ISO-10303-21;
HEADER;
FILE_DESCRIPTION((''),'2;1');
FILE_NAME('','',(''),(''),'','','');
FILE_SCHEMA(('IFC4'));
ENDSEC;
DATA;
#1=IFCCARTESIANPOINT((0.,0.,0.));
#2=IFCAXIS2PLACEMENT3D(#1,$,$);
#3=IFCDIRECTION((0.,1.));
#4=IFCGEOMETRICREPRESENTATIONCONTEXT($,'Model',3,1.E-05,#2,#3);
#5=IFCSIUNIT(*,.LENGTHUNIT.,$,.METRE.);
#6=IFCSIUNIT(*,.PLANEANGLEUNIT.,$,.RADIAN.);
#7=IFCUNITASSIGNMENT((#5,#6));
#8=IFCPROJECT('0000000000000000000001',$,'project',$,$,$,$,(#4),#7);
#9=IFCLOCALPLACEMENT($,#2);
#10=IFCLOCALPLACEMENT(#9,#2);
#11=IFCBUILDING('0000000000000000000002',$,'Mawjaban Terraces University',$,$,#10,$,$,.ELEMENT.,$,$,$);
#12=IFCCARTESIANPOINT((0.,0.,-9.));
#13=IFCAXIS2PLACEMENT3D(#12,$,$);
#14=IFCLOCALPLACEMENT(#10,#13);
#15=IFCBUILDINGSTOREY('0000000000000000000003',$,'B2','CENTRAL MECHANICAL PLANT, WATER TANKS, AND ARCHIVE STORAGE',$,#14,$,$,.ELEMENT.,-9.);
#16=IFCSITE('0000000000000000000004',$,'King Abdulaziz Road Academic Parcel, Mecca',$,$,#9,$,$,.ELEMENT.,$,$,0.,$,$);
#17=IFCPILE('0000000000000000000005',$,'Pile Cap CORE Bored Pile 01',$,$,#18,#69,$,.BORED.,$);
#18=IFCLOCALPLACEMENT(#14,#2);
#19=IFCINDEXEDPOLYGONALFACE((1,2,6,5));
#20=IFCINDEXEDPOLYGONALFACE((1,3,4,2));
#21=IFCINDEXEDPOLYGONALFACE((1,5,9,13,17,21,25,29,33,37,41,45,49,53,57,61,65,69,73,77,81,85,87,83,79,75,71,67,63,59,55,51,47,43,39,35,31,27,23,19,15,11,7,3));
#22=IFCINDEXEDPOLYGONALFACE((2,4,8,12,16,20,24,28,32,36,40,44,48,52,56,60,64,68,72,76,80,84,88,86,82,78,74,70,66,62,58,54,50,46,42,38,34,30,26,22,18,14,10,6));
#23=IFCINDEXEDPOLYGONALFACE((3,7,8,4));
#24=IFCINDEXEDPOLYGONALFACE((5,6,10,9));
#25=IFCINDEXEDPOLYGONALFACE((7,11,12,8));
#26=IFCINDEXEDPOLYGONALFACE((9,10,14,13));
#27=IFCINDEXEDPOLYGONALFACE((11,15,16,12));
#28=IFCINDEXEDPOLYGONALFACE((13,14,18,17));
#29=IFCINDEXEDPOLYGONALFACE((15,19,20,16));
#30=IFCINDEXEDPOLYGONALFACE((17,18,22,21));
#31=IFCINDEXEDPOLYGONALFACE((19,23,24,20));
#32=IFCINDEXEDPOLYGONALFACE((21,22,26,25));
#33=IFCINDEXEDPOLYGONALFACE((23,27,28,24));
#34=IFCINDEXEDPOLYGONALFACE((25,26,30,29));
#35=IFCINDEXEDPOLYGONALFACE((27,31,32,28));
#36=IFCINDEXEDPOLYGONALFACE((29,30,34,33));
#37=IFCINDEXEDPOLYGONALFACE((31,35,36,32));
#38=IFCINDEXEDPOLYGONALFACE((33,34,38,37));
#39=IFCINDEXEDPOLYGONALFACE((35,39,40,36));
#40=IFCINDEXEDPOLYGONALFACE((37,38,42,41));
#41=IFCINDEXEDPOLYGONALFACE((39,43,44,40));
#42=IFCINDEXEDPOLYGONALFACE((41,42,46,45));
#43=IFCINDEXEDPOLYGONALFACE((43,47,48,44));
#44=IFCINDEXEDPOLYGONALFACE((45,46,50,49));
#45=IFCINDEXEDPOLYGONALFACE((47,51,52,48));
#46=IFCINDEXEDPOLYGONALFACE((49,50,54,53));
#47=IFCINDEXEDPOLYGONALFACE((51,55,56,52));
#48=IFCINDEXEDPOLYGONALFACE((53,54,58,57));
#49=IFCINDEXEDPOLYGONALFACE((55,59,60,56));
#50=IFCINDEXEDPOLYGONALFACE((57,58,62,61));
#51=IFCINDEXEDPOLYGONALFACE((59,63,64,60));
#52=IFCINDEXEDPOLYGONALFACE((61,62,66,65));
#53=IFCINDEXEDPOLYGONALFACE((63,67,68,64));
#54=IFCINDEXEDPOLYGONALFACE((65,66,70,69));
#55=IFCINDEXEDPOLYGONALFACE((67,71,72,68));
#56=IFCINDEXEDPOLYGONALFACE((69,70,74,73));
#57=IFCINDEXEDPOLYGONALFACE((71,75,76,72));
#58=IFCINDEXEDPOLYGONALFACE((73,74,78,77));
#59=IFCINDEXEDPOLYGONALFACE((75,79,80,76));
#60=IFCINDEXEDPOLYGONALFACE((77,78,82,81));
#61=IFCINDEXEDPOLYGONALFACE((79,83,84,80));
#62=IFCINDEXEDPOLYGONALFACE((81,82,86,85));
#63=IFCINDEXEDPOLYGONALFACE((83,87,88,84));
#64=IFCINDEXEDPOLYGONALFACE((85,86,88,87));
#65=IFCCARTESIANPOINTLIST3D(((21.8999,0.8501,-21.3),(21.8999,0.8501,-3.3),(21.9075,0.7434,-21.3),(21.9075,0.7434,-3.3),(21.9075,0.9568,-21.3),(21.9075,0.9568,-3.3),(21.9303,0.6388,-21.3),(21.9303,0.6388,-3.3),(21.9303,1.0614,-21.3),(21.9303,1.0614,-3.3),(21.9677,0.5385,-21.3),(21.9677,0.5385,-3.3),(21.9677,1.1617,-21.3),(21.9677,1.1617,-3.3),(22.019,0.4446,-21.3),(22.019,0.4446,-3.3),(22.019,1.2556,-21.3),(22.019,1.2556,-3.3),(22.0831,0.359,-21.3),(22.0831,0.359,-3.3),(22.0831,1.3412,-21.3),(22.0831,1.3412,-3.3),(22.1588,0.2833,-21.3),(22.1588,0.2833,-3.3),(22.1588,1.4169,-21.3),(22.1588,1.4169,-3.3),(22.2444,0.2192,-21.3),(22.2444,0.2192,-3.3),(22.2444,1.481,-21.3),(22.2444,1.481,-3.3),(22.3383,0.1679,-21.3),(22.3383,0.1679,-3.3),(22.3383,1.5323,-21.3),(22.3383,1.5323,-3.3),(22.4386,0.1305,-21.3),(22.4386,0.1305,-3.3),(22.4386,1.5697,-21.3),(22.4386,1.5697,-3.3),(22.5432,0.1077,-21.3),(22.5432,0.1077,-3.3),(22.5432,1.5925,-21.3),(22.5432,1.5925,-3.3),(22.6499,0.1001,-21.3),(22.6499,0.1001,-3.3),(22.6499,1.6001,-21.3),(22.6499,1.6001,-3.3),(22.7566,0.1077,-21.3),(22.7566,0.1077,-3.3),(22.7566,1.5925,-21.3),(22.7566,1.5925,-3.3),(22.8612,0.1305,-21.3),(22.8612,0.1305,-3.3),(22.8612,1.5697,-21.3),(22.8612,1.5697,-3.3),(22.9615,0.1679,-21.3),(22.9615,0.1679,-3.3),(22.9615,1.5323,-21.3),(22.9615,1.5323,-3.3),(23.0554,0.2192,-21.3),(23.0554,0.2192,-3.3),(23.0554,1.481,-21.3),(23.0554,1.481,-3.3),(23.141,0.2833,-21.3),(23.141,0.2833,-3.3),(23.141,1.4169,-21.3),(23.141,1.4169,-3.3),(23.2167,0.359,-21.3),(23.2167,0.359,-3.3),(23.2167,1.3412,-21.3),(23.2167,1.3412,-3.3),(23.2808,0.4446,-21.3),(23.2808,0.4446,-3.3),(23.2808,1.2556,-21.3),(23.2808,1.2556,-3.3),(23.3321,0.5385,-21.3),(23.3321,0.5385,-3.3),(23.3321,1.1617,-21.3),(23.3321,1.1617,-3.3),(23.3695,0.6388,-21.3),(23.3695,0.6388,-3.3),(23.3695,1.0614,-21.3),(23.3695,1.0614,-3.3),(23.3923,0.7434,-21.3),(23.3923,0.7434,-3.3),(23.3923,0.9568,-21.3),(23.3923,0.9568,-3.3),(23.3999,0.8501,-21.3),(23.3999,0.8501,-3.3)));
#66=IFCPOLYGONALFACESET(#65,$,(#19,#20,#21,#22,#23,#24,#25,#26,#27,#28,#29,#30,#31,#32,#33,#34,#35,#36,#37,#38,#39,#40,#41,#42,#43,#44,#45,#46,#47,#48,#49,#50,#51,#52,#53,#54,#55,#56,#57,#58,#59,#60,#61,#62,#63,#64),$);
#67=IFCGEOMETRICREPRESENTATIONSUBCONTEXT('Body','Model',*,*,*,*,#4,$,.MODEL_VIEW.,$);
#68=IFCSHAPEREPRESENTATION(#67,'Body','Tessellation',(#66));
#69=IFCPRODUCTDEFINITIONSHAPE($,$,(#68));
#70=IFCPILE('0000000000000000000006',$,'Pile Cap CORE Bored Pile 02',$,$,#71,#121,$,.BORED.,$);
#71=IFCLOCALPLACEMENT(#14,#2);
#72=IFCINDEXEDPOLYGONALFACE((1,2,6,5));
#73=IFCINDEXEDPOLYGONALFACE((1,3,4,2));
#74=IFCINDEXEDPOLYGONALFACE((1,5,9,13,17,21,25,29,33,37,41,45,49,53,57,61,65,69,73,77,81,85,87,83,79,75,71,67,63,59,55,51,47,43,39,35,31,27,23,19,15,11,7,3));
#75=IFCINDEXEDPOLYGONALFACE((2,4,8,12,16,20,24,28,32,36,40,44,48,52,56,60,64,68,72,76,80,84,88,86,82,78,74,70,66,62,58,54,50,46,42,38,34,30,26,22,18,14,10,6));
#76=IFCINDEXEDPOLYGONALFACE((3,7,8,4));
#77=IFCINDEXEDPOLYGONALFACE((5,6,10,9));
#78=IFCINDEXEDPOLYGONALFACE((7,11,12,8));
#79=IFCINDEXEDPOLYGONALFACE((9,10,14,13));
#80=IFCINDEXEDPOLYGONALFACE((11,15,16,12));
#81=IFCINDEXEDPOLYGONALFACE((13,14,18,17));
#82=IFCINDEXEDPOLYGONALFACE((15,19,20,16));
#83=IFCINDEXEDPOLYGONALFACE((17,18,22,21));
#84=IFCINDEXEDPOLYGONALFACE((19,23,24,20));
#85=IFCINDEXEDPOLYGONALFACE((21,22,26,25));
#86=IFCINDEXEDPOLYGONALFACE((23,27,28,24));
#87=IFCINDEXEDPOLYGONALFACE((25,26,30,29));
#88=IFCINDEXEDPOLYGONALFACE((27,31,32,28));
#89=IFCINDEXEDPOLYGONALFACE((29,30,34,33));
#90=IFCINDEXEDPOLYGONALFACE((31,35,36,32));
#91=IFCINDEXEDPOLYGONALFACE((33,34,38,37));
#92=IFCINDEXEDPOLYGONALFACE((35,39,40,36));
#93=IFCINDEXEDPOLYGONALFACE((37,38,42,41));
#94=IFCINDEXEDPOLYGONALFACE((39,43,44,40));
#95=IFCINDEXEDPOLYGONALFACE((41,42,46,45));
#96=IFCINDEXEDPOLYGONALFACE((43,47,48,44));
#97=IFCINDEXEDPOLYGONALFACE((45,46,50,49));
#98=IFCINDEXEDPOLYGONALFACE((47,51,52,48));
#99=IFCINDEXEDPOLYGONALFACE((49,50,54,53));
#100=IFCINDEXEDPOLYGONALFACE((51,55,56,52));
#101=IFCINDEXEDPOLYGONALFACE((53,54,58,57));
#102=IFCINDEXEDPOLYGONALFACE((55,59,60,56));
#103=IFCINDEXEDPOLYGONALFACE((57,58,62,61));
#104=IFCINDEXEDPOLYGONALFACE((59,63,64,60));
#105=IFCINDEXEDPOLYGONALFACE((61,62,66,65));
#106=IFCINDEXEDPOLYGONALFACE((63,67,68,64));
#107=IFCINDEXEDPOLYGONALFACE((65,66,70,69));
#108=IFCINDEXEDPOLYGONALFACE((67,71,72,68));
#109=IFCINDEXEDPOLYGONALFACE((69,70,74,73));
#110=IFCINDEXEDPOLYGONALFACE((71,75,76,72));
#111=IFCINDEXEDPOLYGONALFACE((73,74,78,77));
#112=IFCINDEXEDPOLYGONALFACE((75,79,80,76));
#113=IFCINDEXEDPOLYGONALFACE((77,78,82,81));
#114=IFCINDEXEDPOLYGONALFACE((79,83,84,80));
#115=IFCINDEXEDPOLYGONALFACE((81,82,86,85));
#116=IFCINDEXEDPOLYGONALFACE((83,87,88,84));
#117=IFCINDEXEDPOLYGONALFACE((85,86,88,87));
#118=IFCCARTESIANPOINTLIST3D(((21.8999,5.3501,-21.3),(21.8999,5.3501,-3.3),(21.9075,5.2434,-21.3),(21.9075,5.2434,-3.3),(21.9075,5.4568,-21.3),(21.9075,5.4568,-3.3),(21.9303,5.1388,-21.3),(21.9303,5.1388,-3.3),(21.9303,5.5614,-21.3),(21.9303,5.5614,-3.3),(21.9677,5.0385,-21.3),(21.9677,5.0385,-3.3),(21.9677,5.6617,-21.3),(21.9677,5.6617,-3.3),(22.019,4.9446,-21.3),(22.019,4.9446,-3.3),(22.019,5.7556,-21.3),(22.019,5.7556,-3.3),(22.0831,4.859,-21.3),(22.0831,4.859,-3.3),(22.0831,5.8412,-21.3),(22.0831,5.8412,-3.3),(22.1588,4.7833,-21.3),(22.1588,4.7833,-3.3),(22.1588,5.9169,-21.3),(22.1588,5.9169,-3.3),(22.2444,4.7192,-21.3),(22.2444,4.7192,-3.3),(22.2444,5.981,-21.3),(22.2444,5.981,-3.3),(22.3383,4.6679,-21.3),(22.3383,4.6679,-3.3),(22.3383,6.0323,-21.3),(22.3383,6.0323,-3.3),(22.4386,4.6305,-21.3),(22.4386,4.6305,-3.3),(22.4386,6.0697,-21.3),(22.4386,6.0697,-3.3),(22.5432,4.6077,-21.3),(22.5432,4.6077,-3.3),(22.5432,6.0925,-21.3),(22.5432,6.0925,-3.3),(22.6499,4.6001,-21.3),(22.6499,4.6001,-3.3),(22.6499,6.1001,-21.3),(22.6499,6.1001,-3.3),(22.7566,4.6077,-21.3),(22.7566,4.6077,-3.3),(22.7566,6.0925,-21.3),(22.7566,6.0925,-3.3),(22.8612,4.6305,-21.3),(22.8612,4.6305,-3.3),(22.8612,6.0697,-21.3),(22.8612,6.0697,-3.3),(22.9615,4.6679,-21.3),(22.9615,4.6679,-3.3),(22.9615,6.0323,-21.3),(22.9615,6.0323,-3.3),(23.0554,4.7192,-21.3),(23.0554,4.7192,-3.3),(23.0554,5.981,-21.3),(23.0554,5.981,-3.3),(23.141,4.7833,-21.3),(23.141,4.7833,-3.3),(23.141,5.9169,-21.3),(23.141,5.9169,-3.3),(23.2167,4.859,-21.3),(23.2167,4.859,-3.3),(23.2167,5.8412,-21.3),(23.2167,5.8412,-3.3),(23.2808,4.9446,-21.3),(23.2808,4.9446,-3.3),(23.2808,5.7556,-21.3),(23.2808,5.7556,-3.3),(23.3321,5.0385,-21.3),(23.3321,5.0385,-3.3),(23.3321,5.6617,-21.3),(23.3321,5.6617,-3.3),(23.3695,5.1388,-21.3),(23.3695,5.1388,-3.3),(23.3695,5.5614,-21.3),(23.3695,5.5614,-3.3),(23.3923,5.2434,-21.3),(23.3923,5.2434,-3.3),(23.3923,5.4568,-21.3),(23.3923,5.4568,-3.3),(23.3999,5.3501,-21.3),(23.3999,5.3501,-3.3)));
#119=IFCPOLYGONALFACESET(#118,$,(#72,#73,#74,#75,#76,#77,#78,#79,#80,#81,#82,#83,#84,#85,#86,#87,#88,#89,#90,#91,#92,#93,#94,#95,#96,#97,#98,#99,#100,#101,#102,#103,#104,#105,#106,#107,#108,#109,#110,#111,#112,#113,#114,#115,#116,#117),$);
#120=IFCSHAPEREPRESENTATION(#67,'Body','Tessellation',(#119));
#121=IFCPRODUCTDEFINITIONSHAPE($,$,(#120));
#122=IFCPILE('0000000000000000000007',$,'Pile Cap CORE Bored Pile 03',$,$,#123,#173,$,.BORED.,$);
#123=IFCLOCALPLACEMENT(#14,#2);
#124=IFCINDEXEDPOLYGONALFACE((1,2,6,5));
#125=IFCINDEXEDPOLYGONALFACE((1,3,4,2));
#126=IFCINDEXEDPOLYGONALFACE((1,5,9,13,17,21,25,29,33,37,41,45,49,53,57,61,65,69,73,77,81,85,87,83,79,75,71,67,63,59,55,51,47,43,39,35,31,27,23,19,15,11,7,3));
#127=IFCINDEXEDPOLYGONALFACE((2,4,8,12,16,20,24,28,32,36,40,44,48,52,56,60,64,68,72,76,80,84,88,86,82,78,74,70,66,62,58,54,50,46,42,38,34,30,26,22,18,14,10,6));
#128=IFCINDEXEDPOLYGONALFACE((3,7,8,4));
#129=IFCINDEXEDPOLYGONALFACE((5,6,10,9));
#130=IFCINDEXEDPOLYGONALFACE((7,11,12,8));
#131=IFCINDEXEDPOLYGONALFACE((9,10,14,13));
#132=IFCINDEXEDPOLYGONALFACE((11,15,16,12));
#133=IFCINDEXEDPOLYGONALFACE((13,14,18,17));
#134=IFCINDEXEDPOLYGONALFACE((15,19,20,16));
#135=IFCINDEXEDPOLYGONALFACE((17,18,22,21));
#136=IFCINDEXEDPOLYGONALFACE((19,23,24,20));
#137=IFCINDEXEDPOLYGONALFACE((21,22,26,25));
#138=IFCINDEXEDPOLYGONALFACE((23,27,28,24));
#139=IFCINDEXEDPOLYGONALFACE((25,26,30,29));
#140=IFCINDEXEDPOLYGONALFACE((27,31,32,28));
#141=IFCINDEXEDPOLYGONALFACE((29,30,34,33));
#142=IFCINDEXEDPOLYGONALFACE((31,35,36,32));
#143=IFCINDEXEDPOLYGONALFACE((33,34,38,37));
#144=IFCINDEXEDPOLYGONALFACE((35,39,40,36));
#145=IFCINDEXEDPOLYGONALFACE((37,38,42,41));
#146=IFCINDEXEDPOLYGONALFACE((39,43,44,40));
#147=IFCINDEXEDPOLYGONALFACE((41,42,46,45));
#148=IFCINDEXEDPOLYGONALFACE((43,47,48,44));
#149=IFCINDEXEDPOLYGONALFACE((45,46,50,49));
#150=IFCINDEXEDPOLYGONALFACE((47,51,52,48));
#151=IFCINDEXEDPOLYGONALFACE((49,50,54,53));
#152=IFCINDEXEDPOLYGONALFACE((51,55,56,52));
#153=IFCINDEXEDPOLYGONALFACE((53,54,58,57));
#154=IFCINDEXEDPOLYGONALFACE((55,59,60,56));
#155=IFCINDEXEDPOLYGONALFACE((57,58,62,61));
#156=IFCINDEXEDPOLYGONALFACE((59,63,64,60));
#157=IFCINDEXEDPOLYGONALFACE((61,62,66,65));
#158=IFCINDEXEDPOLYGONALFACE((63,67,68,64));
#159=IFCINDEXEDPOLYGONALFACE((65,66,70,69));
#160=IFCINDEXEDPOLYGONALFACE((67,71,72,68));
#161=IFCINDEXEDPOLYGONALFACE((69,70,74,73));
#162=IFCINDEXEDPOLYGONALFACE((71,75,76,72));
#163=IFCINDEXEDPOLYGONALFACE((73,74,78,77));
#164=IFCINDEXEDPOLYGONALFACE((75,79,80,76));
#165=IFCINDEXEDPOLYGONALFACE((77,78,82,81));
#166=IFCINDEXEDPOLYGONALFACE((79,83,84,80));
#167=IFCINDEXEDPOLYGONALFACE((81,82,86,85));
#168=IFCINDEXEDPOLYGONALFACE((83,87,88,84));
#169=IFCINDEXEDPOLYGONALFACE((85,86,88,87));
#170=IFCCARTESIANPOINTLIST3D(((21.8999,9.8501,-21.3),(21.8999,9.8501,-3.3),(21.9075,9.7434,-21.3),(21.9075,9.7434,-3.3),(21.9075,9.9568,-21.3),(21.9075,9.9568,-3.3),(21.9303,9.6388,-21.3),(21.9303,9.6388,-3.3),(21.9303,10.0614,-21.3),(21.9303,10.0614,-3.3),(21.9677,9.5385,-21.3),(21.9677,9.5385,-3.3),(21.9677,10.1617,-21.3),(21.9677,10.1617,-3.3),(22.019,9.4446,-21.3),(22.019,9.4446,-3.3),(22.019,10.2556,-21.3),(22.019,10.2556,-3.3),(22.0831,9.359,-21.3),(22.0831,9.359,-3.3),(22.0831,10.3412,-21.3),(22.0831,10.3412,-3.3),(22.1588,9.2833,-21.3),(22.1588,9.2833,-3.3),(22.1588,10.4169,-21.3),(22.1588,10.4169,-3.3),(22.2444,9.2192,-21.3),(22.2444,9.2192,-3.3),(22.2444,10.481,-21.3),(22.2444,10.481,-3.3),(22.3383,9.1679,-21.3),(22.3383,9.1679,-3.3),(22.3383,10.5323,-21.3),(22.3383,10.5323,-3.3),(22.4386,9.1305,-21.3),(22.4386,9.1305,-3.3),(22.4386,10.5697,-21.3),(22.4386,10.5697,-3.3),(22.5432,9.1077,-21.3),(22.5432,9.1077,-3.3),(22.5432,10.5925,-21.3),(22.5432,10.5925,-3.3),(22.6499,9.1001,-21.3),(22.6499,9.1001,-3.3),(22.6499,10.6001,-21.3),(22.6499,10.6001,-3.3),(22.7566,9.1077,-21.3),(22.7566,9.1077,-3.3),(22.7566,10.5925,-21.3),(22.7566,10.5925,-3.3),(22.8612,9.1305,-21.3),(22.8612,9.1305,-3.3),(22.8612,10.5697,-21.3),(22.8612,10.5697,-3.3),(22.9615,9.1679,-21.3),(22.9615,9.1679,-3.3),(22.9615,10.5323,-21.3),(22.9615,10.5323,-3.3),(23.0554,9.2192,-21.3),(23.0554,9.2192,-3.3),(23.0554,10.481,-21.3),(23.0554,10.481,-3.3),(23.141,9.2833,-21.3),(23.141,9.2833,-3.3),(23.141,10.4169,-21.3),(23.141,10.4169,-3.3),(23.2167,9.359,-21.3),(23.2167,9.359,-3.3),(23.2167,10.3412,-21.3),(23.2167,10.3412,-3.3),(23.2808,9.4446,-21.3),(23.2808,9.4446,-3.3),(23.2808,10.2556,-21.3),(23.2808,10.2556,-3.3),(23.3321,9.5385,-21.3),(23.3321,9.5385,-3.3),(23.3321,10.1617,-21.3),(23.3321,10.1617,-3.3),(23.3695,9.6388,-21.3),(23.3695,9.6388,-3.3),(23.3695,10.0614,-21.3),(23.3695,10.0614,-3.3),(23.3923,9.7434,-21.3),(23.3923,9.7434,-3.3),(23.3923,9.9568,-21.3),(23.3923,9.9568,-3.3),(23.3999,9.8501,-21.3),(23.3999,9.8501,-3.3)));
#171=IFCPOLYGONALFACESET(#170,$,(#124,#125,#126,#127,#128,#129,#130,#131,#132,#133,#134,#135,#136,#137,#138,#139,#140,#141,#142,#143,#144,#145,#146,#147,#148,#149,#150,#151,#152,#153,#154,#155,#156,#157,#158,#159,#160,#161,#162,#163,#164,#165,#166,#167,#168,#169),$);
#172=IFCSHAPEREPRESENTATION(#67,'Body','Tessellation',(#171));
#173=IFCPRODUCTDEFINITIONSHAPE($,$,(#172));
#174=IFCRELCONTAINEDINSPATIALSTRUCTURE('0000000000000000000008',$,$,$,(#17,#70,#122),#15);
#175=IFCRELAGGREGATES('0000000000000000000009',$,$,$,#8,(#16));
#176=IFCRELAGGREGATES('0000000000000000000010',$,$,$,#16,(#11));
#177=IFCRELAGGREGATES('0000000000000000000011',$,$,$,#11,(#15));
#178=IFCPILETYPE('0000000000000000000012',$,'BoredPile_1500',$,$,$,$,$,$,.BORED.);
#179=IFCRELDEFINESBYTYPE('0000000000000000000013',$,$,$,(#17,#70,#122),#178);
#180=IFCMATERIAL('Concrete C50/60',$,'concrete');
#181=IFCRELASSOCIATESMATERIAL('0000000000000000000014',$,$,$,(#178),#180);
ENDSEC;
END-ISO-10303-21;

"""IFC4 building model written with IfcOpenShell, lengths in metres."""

from ifc_helpers import new_model, si_unit, direction, frame, origin, origin_2d, place, context, subcontext, project, spatial, circle, extrude, material, material_profile, profile_set, type_object, element, save


model = new_model("IFC4")

# Units and contexts
model_context = context("Model", 3, precision=1e-05, world=origin(), true_north=direction((0.0, 1.0)))
body_context = subcontext(model_context, "Body", "Model", "MODEL_VIEW")
ifc_project = project(units=[si_unit("LENGTHUNIT", "METRE"), si_unit("PLANEANGLEUNIT", "RADIAN")], contexts=[model_context])

# Site, building, storey
site_placement = place(None, origin())
site = spatial("IfcSite", under=ifc_project, at=site_placement, Name="King Abdulaziz Road Academic Parcel, Mecca", CompositionType="ELEMENT", RefElevation=0.0)
building_placement = place(site_placement, origin())
building = spatial("IfcBuilding", under=site, at=building_placement, Name="Mawjaban Terraces University", CompositionType="ELEMENT")
storey_placement = place(building_placement, frame((0.0, 0.0, -9.0)))
storey = spatial("IfcBuildingStorey", under=building, at=storey_placement, Name="B2", Description="CENTRAL MECHANICAL PLANT, WATER TANKS, AND ARCHIVE STORAGE", CompositionType="ELEMENT", Elevation=-9.0)

# Piles
ifc_material_1 = material(Name="Concrete C50/60", Category="concrete")
ifc_material_profile_1 = material_profile(ifc_material_1, circle(Radius=0.75, at=origin_2d()), Name="PILE1500")
ifc_profile_set_1 = profile_set([ifc_material_profile_1], Name="Concrete C50/60")
pile_type = type_object("IfcPileType", Name="BoredPile_1500", PredefinedType="BORED", material=ifc_profile_set_1)
for number, where, z_axis, x_axis, name in (
    (1, (22.6499, 0.8501, -3.3), (0.0, 0.0, -1.0), (1.0, 0.0, 0.0), "Pile Cap CORE Bored Pile 01"),
    (2, (22.6499, 5.3501, -3.3), (0.0, 0.0, -1.0), (1.0, 0.0, 0.0), "Pile Cap CORE Bored Pile 02"),
    (3, (22.6499, 9.8501, -3.3), (0.0, 0.0, -1.0), (1.0, 0.0, 0.0), "Pile Cap CORE Bored Pile 03"),
):
    element("IfcPile", number, at=place(storey_placement, frame(where, z_axis=z_axis, x_axis=x_axis)), inside=storey, type_object=pile_type, Name=name, PredefinedType="BORED", context=body_context, shape_type="SweptSolid", body=[
        extrude(circle(Radius=0.75, at=origin_2d()), origin(), (0.0, 0.0, 1.0), 18.0),
    ])

save(model, "model.ifc")
